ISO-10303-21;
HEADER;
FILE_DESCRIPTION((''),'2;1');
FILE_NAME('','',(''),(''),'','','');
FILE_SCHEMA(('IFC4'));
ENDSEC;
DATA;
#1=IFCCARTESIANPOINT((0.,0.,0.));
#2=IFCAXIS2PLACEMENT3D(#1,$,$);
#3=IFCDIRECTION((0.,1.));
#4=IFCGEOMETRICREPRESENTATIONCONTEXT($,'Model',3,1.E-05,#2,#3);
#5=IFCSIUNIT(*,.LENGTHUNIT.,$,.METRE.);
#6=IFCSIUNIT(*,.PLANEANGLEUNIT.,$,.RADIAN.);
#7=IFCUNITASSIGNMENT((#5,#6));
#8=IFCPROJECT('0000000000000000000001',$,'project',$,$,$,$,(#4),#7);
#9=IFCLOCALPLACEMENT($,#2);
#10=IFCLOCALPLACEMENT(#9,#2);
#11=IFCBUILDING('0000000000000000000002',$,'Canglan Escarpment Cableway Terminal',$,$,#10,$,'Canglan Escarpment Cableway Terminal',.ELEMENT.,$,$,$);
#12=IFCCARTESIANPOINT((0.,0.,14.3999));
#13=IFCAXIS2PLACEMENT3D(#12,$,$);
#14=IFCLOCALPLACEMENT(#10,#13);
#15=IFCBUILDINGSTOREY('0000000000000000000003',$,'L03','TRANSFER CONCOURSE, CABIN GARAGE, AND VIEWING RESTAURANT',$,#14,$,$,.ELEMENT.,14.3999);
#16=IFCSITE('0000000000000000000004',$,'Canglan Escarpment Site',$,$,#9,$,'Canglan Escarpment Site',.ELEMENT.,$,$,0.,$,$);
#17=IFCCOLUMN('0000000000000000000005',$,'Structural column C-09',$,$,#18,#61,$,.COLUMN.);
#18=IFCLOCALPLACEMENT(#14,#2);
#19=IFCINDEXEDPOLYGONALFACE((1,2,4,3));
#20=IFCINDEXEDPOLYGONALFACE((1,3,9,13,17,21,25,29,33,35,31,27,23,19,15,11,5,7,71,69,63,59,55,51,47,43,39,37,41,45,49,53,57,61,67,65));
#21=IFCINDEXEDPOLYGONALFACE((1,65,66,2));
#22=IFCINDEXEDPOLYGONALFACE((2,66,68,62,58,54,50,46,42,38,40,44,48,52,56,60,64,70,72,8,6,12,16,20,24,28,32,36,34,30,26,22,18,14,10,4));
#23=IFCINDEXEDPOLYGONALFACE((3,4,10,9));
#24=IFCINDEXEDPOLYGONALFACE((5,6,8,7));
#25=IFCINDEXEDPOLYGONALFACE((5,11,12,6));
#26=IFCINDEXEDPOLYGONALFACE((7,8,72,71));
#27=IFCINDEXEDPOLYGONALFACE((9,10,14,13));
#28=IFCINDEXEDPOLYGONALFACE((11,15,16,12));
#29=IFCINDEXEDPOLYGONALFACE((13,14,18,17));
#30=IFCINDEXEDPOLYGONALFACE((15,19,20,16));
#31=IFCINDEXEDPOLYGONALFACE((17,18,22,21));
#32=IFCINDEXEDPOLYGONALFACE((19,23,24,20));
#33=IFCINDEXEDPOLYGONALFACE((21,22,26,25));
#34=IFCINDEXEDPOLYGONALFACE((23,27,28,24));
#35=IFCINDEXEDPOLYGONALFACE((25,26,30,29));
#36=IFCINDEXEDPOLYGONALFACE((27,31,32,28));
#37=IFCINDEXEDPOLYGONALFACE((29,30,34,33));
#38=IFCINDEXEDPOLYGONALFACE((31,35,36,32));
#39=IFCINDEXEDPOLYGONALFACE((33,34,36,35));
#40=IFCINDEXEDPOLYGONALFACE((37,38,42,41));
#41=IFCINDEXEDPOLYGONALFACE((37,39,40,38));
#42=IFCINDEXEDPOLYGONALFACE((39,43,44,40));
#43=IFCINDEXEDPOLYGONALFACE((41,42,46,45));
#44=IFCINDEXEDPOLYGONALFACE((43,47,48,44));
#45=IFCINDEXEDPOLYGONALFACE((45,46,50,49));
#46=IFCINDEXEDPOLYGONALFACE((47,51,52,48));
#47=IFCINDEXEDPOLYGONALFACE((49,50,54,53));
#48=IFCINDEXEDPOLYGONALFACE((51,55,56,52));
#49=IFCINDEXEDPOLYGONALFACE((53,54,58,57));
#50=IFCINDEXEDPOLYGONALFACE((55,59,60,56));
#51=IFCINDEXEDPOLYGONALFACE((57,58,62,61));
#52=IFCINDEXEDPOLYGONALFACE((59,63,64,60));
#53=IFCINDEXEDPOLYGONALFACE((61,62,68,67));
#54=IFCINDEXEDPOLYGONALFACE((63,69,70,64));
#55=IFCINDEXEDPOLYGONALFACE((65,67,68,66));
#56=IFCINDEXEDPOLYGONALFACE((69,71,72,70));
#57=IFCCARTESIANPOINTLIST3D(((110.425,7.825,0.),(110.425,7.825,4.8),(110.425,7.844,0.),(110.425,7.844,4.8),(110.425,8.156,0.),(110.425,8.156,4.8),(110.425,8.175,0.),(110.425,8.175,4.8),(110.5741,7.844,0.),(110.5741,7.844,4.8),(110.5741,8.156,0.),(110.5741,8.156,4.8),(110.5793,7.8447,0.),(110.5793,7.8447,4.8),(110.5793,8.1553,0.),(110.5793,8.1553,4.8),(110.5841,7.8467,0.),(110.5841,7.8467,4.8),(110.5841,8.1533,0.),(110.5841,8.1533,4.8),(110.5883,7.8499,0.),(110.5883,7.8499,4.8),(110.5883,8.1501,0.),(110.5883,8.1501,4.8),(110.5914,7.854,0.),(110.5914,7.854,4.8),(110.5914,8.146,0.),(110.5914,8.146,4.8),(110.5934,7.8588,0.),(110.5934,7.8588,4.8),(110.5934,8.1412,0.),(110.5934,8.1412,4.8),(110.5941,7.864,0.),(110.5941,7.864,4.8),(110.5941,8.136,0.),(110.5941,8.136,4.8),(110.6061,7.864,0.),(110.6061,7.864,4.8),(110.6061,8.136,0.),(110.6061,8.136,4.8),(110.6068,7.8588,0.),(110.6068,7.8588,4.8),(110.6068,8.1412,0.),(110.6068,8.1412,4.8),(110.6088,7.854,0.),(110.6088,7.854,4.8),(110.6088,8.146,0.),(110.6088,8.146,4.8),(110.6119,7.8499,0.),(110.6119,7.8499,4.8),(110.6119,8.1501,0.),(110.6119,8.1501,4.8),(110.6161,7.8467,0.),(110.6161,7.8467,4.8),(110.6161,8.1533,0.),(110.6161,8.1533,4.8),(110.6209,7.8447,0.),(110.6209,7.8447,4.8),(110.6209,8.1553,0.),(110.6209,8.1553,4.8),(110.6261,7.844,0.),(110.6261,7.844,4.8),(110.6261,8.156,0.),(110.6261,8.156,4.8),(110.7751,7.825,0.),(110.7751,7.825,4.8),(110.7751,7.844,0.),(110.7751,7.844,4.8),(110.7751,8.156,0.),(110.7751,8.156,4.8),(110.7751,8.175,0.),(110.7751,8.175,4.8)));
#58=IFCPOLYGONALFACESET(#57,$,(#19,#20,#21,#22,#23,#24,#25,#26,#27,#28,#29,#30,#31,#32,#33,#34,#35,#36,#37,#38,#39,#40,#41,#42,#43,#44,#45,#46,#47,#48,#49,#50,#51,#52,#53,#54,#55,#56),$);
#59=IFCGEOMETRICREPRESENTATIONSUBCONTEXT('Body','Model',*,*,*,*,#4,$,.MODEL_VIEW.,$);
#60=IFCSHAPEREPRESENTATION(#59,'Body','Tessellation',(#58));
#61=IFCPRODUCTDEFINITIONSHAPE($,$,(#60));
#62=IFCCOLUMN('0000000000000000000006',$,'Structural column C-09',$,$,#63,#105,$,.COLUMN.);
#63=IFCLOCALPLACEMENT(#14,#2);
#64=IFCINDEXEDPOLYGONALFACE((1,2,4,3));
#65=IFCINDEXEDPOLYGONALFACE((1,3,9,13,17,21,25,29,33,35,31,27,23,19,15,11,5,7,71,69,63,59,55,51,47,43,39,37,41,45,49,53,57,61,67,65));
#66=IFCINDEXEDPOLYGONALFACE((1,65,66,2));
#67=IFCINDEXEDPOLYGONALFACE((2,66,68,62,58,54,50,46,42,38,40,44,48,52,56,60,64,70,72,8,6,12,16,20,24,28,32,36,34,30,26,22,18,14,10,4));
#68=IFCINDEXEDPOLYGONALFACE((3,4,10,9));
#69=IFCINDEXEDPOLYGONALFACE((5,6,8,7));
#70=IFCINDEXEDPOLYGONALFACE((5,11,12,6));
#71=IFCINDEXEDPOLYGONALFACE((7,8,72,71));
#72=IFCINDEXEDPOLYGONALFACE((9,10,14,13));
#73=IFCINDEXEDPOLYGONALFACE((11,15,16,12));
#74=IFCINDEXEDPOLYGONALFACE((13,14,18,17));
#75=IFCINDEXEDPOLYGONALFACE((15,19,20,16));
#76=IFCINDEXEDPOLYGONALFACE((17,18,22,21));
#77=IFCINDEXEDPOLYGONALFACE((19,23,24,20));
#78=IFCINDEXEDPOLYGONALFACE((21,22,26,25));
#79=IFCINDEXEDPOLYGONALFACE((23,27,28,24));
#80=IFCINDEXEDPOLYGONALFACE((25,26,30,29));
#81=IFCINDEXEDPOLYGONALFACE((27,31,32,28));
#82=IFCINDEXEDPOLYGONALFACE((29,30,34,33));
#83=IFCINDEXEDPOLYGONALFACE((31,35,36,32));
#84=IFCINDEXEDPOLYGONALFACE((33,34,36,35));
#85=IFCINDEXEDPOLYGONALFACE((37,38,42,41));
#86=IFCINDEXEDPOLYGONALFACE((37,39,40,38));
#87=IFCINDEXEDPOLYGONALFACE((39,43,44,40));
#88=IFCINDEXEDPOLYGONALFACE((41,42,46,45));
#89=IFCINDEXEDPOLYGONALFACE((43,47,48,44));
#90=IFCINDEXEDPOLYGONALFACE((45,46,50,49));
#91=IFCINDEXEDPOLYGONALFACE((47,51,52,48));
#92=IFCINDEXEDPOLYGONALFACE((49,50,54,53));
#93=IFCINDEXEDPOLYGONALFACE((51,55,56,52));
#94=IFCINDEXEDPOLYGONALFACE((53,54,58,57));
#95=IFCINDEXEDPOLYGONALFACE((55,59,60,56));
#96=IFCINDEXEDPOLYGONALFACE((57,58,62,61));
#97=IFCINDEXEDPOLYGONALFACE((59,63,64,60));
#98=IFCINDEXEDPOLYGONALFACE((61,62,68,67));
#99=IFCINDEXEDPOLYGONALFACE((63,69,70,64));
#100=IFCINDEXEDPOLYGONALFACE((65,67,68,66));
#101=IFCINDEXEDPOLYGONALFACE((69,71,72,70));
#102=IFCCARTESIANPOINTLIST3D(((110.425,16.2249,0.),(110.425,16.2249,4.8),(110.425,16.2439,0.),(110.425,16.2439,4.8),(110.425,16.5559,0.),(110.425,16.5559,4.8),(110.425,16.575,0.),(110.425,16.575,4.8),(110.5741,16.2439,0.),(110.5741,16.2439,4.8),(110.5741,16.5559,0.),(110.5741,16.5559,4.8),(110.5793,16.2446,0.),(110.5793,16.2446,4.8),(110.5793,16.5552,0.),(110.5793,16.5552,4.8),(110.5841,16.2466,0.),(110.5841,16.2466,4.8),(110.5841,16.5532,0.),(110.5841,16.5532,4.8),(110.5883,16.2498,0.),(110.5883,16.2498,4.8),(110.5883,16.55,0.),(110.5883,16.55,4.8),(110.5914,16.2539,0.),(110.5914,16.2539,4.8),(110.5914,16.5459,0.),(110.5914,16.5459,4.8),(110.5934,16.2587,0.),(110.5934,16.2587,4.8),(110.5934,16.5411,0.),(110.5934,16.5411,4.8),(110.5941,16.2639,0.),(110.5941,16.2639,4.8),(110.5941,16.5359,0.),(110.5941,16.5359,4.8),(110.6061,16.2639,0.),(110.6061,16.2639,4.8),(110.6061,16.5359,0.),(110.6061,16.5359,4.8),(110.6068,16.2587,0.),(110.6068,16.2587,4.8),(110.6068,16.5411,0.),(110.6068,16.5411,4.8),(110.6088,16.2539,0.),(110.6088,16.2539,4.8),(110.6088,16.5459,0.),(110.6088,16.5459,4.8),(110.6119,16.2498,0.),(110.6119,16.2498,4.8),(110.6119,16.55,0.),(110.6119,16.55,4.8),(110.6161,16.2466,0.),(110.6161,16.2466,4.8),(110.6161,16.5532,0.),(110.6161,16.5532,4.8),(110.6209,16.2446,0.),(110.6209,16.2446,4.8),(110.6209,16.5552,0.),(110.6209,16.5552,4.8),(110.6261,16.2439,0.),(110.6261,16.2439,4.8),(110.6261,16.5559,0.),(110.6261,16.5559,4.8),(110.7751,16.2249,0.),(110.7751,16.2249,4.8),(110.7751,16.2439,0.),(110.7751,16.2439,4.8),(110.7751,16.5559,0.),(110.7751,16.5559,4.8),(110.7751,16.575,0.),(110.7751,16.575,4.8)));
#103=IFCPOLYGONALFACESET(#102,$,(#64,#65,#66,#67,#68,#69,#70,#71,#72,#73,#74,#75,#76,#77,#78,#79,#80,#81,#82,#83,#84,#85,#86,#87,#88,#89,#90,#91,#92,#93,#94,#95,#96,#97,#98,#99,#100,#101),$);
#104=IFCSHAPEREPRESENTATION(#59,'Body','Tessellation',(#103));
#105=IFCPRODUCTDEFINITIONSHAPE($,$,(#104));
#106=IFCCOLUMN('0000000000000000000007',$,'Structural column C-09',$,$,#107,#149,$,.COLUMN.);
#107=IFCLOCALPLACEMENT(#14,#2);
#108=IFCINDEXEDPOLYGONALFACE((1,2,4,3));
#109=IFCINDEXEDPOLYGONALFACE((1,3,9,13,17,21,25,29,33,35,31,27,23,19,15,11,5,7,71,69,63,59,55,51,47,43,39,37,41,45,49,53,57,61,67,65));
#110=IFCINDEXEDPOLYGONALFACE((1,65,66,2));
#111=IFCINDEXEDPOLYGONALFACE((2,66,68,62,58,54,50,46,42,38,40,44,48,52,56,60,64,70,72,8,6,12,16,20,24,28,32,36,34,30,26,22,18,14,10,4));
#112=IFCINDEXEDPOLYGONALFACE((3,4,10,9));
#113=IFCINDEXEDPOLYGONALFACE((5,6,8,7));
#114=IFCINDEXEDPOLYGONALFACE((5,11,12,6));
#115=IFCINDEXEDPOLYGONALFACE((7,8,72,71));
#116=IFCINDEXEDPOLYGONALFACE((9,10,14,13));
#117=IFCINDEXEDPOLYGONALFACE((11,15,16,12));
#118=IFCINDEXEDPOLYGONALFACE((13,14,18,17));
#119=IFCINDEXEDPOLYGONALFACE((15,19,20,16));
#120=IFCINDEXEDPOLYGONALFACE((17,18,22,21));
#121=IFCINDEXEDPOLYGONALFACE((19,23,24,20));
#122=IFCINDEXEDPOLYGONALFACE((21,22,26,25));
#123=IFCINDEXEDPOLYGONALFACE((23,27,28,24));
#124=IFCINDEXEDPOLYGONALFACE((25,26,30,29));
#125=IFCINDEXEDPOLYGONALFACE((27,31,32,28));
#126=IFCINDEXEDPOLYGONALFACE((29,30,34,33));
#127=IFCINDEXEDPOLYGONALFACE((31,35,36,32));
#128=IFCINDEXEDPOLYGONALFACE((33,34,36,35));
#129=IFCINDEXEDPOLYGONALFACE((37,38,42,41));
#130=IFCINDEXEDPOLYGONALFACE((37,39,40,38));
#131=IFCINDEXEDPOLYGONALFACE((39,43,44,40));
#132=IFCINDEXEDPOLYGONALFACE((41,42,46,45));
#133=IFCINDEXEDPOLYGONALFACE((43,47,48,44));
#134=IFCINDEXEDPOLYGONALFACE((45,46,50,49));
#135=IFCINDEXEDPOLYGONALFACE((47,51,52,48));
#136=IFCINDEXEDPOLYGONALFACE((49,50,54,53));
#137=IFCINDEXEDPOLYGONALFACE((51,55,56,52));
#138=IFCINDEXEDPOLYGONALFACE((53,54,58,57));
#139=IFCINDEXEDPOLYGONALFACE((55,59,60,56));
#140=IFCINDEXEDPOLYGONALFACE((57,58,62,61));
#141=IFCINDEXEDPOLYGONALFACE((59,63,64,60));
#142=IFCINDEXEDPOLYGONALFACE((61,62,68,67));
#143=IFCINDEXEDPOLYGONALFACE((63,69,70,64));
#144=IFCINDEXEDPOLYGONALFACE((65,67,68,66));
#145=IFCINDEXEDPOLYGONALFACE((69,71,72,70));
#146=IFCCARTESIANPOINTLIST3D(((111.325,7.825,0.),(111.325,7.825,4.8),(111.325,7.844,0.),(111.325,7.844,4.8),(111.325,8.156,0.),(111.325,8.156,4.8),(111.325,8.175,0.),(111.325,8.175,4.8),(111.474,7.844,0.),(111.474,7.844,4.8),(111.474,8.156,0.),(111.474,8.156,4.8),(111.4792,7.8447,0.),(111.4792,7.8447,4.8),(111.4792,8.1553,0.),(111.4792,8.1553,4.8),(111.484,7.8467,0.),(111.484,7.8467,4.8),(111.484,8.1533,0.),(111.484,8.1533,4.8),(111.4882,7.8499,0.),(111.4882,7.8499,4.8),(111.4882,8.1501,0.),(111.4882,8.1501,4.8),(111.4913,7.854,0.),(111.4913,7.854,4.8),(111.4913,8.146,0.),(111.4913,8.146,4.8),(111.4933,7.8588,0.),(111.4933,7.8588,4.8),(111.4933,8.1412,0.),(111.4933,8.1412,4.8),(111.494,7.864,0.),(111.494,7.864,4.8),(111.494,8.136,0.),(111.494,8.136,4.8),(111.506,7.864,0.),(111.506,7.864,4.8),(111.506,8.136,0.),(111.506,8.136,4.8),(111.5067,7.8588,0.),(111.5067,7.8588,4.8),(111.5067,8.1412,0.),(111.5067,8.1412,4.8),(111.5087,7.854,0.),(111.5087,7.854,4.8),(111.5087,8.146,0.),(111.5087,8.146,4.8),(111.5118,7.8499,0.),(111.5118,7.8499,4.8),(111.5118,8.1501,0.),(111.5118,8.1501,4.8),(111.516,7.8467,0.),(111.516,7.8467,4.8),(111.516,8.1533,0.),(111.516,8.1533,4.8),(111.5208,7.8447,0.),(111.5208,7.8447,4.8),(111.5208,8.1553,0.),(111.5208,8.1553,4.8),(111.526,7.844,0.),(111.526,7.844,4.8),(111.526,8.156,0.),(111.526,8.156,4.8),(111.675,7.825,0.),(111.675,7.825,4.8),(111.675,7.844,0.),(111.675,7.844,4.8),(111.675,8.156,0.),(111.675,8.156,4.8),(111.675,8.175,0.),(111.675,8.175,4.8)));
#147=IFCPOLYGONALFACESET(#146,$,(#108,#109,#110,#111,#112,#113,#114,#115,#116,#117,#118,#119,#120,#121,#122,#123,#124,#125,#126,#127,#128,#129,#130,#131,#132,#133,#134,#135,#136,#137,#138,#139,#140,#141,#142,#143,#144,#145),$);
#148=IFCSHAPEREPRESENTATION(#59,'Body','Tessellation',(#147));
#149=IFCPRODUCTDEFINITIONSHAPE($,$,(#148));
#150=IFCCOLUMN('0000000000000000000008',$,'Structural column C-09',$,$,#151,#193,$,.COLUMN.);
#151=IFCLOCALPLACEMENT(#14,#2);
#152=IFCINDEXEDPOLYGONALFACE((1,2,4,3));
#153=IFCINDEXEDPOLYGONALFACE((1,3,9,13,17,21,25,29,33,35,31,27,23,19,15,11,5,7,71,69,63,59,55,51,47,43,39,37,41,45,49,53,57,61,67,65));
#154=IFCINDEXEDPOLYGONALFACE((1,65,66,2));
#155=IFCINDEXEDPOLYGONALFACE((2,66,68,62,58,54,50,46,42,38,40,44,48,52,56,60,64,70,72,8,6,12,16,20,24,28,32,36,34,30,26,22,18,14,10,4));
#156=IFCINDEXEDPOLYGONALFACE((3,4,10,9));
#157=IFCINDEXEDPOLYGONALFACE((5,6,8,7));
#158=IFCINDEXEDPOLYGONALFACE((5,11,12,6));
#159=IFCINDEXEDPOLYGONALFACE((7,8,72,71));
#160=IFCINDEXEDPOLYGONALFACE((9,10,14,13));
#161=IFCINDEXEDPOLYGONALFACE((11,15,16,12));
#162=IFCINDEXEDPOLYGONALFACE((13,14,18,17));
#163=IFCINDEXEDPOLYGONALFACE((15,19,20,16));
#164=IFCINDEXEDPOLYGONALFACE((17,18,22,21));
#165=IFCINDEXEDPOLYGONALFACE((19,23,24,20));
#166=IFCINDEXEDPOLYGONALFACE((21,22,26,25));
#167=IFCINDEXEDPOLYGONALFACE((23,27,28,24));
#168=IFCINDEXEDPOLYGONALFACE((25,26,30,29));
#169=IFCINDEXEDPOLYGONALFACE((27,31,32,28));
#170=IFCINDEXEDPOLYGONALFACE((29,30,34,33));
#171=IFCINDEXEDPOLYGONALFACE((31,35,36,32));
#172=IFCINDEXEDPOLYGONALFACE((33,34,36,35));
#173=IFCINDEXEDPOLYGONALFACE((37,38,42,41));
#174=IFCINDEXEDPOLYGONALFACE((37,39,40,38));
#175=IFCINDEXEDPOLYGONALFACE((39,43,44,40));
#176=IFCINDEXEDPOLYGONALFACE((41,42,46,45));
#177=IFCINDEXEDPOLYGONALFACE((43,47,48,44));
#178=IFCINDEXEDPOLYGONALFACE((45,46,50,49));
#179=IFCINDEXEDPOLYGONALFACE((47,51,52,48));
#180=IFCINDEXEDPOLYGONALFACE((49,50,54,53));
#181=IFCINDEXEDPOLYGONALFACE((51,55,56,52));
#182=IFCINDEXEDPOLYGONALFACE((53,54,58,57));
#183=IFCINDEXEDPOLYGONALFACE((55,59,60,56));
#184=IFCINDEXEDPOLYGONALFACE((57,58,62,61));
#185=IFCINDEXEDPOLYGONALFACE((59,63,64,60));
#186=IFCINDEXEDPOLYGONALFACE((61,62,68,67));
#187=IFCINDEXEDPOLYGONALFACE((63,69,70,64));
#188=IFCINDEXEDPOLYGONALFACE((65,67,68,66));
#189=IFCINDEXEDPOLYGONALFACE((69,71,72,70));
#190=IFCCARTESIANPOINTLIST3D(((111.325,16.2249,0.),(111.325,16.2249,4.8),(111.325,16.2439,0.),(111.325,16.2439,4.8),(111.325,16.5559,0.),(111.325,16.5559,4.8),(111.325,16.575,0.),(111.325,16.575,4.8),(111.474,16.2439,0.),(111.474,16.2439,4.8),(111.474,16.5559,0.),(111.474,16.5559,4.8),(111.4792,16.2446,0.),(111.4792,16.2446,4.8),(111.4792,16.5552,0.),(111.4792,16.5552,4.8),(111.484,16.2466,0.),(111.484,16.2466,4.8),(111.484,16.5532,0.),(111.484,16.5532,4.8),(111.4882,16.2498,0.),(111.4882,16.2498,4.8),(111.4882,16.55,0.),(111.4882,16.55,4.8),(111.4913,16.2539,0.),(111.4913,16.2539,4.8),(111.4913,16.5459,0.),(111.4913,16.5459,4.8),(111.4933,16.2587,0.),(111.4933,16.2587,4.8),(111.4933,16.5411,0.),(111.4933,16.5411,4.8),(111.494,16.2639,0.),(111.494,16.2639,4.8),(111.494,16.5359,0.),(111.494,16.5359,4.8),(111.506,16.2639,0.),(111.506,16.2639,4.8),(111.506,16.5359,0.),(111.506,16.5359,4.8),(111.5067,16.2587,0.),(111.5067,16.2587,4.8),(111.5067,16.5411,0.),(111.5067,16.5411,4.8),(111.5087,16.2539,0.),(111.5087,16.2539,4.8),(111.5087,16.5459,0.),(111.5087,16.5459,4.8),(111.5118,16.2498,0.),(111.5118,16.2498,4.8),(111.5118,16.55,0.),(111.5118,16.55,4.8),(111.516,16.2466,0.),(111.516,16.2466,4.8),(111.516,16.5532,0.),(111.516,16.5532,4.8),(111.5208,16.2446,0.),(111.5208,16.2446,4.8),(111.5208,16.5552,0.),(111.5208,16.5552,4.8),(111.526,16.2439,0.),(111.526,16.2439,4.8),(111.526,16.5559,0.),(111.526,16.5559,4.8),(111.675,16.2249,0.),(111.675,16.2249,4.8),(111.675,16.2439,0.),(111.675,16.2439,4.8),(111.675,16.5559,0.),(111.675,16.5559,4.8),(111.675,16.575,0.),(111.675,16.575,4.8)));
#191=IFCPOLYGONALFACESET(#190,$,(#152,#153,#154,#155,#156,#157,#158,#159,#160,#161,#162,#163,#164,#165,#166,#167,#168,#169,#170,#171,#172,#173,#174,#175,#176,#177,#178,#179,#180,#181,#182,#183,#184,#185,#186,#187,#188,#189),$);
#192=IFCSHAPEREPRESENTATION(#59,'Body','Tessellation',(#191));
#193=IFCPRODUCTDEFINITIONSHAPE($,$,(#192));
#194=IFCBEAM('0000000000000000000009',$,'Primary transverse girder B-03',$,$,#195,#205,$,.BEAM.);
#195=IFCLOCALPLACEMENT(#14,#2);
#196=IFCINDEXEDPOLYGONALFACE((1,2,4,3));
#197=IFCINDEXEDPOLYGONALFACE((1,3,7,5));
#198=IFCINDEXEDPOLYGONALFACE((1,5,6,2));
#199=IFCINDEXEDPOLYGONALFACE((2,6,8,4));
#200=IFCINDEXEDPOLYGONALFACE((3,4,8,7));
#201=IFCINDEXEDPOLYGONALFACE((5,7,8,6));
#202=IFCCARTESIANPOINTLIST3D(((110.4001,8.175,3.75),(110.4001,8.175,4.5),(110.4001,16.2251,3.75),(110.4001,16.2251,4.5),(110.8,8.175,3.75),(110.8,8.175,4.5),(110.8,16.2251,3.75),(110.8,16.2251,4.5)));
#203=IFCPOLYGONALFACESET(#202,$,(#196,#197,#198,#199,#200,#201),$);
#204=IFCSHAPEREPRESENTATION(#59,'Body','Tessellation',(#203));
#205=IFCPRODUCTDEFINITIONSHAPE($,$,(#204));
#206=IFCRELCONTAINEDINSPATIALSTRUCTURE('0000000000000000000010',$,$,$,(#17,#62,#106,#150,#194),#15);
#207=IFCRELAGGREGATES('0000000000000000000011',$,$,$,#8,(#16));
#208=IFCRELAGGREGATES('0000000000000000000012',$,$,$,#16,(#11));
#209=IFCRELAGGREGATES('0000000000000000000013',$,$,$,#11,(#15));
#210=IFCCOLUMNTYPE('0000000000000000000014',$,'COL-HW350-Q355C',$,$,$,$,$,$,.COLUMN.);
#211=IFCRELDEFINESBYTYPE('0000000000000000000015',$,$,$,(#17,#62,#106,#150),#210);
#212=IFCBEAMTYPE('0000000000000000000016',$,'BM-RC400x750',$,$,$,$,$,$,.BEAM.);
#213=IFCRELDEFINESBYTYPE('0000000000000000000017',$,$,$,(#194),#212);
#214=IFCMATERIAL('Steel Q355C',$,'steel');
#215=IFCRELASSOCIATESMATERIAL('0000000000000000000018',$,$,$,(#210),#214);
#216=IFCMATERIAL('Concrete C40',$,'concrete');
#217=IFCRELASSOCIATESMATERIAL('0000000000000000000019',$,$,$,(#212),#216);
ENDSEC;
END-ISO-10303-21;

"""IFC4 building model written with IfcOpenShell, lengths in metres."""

from ifc_helpers import new_model, si_unit, direction, frame, origin, origin_2d, place, context, subcontext, project, spatial, rectangle, i_section, extrude, material, material_profile, profile_set, type_object, element, save


model = new_model("IFC4")

# Units and contexts
model_context = context("Model", 3, precision=1e-05, world=origin(), true_north=direction((0.0, 1.0)))
body_context = subcontext(model_context, "Body", "Model", "MODEL_VIEW")
ifc_project = project(units=[si_unit("LENGTHUNIT", "METRE"), si_unit("PLANEANGLEUNIT", "RADIAN")], contexts=[model_context])

# Site, building, storey
site_placement = place(None, origin())
site = spatial("IfcSite", under=ifc_project, at=site_placement, Name="Canglan Escarpment Site", LongName="Canglan Escarpment Site", CompositionType="ELEMENT", RefElevation=0.0)
building_placement = place(site_placement, origin())
building = spatial("IfcBuilding", under=site, at=building_placement, Name="Canglan Escarpment Cableway Terminal", LongName="Canglan Escarpment Cableway Terminal", CompositionType="ELEMENT")
storey_placement = place(building_placement, frame((0.0, 0.0, 14.3999)))
storey = spatial("IfcBuildingStorey", under=building, at=storey_placement, Name="L03", Description="TRANSFER CONCOURSE, CABIN GARAGE, AND VIEWING RESTAURANT", CompositionType="ELEMENT", Elevation=14.3999)

# Columns
ifc_material_1 = material(Name="Steel Q355C", Category="steel")
ifc_material_profile_1 = material_profile(ifc_material_1, i_section(OverallWidth=0.3501, OverallDepth=0.3501, WebThickness=0.012, FlangeThickness=0.019, FilletRadius=0.02, at=origin_2d()), Name="HW 350x350x12x19")
ifc_profile_set_1 = profile_set([ifc_material_profile_1], Name="Steel Q355C")
column_type = type_object("IfcColumnType", Name="COL-HW350-Q355C", PredefinedType="COLUMN", material=ifc_profile_set_1)
for number, where, z_axis, x_axis, name in (
    (1, (110.6001, 8.0, 0.0), (0.0, 0.0, 1.0), (1.0, 0.0, 0.0), "Structural column C-09"),
    (2, (110.6001, 16.3999, 0.0), (0.0, 0.0, 1.0), (1.0, 0.0, 0.0), "Structural column C-09"),
    (3, (111.5, 8.0, 0.0), (0.0, 0.0, 1.0), (1.0, 0.0, 0.0), "Structural column C-09"),
    (4, (111.5, 16.3999, 0.0), (0.0, 0.0, 1.0), (1.0, 0.0, 0.0), "Structural column C-09"),
):
    element("IfcColumn", number, at=place(storey_placement, frame(where, z_axis=z_axis, x_axis=x_axis)), inside=storey, type_object=column_type, Name=name, PredefinedType="COLUMN", context=body_context, shape_type="SweptSolid", body=[
        extrude(i_section(OverallWidth=0.3501, OverallDepth=0.3501, WebThickness=0.012, FlangeThickness=0.019, FilletRadius=0.02, at=origin_2d()), origin(), (0.0, 0.0, 1.0), 4.8),
    ])

# Beam
ifc_material_2 = material(Name="Concrete C40", Category="concrete")
ifc_material_profile_2 = material_profile(ifc_material_2, rectangle(XDim=0.3999, YDim=0.75, at=origin_2d()), Name="RC 400x750")
ifc_profile_set_2 = profile_set([ifc_material_profile_2], Name="Concrete C40")
beam_type_1 = type_object("IfcBeamType", Name="BM-RC400x750", PredefinedType="BEAM", material=ifc_profile_set_2)
for number, where, z_axis, x_axis, name in (
    (5, (110.6001, 8.175, 4.125), (0.0, 1.0, 0.0), (-1.0, 0.0, 0.0), "Primary transverse girder B-03"),
):
    element("IfcBeam", number, at=place(storey_placement, frame(where, z_axis=z_axis, x_axis=x_axis)), inside=storey, type_object=beam_type_1, Name=name, PredefinedType="BEAM", context=body_context, shape_type="SweptSolid", body=[
        extrude(rectangle(XDim=0.3999, YDim=0.75, at=origin_2d()), origin(), (0.0, 0.0, 1.0), 8.05),
    ])

save(model, "model.ifc")
